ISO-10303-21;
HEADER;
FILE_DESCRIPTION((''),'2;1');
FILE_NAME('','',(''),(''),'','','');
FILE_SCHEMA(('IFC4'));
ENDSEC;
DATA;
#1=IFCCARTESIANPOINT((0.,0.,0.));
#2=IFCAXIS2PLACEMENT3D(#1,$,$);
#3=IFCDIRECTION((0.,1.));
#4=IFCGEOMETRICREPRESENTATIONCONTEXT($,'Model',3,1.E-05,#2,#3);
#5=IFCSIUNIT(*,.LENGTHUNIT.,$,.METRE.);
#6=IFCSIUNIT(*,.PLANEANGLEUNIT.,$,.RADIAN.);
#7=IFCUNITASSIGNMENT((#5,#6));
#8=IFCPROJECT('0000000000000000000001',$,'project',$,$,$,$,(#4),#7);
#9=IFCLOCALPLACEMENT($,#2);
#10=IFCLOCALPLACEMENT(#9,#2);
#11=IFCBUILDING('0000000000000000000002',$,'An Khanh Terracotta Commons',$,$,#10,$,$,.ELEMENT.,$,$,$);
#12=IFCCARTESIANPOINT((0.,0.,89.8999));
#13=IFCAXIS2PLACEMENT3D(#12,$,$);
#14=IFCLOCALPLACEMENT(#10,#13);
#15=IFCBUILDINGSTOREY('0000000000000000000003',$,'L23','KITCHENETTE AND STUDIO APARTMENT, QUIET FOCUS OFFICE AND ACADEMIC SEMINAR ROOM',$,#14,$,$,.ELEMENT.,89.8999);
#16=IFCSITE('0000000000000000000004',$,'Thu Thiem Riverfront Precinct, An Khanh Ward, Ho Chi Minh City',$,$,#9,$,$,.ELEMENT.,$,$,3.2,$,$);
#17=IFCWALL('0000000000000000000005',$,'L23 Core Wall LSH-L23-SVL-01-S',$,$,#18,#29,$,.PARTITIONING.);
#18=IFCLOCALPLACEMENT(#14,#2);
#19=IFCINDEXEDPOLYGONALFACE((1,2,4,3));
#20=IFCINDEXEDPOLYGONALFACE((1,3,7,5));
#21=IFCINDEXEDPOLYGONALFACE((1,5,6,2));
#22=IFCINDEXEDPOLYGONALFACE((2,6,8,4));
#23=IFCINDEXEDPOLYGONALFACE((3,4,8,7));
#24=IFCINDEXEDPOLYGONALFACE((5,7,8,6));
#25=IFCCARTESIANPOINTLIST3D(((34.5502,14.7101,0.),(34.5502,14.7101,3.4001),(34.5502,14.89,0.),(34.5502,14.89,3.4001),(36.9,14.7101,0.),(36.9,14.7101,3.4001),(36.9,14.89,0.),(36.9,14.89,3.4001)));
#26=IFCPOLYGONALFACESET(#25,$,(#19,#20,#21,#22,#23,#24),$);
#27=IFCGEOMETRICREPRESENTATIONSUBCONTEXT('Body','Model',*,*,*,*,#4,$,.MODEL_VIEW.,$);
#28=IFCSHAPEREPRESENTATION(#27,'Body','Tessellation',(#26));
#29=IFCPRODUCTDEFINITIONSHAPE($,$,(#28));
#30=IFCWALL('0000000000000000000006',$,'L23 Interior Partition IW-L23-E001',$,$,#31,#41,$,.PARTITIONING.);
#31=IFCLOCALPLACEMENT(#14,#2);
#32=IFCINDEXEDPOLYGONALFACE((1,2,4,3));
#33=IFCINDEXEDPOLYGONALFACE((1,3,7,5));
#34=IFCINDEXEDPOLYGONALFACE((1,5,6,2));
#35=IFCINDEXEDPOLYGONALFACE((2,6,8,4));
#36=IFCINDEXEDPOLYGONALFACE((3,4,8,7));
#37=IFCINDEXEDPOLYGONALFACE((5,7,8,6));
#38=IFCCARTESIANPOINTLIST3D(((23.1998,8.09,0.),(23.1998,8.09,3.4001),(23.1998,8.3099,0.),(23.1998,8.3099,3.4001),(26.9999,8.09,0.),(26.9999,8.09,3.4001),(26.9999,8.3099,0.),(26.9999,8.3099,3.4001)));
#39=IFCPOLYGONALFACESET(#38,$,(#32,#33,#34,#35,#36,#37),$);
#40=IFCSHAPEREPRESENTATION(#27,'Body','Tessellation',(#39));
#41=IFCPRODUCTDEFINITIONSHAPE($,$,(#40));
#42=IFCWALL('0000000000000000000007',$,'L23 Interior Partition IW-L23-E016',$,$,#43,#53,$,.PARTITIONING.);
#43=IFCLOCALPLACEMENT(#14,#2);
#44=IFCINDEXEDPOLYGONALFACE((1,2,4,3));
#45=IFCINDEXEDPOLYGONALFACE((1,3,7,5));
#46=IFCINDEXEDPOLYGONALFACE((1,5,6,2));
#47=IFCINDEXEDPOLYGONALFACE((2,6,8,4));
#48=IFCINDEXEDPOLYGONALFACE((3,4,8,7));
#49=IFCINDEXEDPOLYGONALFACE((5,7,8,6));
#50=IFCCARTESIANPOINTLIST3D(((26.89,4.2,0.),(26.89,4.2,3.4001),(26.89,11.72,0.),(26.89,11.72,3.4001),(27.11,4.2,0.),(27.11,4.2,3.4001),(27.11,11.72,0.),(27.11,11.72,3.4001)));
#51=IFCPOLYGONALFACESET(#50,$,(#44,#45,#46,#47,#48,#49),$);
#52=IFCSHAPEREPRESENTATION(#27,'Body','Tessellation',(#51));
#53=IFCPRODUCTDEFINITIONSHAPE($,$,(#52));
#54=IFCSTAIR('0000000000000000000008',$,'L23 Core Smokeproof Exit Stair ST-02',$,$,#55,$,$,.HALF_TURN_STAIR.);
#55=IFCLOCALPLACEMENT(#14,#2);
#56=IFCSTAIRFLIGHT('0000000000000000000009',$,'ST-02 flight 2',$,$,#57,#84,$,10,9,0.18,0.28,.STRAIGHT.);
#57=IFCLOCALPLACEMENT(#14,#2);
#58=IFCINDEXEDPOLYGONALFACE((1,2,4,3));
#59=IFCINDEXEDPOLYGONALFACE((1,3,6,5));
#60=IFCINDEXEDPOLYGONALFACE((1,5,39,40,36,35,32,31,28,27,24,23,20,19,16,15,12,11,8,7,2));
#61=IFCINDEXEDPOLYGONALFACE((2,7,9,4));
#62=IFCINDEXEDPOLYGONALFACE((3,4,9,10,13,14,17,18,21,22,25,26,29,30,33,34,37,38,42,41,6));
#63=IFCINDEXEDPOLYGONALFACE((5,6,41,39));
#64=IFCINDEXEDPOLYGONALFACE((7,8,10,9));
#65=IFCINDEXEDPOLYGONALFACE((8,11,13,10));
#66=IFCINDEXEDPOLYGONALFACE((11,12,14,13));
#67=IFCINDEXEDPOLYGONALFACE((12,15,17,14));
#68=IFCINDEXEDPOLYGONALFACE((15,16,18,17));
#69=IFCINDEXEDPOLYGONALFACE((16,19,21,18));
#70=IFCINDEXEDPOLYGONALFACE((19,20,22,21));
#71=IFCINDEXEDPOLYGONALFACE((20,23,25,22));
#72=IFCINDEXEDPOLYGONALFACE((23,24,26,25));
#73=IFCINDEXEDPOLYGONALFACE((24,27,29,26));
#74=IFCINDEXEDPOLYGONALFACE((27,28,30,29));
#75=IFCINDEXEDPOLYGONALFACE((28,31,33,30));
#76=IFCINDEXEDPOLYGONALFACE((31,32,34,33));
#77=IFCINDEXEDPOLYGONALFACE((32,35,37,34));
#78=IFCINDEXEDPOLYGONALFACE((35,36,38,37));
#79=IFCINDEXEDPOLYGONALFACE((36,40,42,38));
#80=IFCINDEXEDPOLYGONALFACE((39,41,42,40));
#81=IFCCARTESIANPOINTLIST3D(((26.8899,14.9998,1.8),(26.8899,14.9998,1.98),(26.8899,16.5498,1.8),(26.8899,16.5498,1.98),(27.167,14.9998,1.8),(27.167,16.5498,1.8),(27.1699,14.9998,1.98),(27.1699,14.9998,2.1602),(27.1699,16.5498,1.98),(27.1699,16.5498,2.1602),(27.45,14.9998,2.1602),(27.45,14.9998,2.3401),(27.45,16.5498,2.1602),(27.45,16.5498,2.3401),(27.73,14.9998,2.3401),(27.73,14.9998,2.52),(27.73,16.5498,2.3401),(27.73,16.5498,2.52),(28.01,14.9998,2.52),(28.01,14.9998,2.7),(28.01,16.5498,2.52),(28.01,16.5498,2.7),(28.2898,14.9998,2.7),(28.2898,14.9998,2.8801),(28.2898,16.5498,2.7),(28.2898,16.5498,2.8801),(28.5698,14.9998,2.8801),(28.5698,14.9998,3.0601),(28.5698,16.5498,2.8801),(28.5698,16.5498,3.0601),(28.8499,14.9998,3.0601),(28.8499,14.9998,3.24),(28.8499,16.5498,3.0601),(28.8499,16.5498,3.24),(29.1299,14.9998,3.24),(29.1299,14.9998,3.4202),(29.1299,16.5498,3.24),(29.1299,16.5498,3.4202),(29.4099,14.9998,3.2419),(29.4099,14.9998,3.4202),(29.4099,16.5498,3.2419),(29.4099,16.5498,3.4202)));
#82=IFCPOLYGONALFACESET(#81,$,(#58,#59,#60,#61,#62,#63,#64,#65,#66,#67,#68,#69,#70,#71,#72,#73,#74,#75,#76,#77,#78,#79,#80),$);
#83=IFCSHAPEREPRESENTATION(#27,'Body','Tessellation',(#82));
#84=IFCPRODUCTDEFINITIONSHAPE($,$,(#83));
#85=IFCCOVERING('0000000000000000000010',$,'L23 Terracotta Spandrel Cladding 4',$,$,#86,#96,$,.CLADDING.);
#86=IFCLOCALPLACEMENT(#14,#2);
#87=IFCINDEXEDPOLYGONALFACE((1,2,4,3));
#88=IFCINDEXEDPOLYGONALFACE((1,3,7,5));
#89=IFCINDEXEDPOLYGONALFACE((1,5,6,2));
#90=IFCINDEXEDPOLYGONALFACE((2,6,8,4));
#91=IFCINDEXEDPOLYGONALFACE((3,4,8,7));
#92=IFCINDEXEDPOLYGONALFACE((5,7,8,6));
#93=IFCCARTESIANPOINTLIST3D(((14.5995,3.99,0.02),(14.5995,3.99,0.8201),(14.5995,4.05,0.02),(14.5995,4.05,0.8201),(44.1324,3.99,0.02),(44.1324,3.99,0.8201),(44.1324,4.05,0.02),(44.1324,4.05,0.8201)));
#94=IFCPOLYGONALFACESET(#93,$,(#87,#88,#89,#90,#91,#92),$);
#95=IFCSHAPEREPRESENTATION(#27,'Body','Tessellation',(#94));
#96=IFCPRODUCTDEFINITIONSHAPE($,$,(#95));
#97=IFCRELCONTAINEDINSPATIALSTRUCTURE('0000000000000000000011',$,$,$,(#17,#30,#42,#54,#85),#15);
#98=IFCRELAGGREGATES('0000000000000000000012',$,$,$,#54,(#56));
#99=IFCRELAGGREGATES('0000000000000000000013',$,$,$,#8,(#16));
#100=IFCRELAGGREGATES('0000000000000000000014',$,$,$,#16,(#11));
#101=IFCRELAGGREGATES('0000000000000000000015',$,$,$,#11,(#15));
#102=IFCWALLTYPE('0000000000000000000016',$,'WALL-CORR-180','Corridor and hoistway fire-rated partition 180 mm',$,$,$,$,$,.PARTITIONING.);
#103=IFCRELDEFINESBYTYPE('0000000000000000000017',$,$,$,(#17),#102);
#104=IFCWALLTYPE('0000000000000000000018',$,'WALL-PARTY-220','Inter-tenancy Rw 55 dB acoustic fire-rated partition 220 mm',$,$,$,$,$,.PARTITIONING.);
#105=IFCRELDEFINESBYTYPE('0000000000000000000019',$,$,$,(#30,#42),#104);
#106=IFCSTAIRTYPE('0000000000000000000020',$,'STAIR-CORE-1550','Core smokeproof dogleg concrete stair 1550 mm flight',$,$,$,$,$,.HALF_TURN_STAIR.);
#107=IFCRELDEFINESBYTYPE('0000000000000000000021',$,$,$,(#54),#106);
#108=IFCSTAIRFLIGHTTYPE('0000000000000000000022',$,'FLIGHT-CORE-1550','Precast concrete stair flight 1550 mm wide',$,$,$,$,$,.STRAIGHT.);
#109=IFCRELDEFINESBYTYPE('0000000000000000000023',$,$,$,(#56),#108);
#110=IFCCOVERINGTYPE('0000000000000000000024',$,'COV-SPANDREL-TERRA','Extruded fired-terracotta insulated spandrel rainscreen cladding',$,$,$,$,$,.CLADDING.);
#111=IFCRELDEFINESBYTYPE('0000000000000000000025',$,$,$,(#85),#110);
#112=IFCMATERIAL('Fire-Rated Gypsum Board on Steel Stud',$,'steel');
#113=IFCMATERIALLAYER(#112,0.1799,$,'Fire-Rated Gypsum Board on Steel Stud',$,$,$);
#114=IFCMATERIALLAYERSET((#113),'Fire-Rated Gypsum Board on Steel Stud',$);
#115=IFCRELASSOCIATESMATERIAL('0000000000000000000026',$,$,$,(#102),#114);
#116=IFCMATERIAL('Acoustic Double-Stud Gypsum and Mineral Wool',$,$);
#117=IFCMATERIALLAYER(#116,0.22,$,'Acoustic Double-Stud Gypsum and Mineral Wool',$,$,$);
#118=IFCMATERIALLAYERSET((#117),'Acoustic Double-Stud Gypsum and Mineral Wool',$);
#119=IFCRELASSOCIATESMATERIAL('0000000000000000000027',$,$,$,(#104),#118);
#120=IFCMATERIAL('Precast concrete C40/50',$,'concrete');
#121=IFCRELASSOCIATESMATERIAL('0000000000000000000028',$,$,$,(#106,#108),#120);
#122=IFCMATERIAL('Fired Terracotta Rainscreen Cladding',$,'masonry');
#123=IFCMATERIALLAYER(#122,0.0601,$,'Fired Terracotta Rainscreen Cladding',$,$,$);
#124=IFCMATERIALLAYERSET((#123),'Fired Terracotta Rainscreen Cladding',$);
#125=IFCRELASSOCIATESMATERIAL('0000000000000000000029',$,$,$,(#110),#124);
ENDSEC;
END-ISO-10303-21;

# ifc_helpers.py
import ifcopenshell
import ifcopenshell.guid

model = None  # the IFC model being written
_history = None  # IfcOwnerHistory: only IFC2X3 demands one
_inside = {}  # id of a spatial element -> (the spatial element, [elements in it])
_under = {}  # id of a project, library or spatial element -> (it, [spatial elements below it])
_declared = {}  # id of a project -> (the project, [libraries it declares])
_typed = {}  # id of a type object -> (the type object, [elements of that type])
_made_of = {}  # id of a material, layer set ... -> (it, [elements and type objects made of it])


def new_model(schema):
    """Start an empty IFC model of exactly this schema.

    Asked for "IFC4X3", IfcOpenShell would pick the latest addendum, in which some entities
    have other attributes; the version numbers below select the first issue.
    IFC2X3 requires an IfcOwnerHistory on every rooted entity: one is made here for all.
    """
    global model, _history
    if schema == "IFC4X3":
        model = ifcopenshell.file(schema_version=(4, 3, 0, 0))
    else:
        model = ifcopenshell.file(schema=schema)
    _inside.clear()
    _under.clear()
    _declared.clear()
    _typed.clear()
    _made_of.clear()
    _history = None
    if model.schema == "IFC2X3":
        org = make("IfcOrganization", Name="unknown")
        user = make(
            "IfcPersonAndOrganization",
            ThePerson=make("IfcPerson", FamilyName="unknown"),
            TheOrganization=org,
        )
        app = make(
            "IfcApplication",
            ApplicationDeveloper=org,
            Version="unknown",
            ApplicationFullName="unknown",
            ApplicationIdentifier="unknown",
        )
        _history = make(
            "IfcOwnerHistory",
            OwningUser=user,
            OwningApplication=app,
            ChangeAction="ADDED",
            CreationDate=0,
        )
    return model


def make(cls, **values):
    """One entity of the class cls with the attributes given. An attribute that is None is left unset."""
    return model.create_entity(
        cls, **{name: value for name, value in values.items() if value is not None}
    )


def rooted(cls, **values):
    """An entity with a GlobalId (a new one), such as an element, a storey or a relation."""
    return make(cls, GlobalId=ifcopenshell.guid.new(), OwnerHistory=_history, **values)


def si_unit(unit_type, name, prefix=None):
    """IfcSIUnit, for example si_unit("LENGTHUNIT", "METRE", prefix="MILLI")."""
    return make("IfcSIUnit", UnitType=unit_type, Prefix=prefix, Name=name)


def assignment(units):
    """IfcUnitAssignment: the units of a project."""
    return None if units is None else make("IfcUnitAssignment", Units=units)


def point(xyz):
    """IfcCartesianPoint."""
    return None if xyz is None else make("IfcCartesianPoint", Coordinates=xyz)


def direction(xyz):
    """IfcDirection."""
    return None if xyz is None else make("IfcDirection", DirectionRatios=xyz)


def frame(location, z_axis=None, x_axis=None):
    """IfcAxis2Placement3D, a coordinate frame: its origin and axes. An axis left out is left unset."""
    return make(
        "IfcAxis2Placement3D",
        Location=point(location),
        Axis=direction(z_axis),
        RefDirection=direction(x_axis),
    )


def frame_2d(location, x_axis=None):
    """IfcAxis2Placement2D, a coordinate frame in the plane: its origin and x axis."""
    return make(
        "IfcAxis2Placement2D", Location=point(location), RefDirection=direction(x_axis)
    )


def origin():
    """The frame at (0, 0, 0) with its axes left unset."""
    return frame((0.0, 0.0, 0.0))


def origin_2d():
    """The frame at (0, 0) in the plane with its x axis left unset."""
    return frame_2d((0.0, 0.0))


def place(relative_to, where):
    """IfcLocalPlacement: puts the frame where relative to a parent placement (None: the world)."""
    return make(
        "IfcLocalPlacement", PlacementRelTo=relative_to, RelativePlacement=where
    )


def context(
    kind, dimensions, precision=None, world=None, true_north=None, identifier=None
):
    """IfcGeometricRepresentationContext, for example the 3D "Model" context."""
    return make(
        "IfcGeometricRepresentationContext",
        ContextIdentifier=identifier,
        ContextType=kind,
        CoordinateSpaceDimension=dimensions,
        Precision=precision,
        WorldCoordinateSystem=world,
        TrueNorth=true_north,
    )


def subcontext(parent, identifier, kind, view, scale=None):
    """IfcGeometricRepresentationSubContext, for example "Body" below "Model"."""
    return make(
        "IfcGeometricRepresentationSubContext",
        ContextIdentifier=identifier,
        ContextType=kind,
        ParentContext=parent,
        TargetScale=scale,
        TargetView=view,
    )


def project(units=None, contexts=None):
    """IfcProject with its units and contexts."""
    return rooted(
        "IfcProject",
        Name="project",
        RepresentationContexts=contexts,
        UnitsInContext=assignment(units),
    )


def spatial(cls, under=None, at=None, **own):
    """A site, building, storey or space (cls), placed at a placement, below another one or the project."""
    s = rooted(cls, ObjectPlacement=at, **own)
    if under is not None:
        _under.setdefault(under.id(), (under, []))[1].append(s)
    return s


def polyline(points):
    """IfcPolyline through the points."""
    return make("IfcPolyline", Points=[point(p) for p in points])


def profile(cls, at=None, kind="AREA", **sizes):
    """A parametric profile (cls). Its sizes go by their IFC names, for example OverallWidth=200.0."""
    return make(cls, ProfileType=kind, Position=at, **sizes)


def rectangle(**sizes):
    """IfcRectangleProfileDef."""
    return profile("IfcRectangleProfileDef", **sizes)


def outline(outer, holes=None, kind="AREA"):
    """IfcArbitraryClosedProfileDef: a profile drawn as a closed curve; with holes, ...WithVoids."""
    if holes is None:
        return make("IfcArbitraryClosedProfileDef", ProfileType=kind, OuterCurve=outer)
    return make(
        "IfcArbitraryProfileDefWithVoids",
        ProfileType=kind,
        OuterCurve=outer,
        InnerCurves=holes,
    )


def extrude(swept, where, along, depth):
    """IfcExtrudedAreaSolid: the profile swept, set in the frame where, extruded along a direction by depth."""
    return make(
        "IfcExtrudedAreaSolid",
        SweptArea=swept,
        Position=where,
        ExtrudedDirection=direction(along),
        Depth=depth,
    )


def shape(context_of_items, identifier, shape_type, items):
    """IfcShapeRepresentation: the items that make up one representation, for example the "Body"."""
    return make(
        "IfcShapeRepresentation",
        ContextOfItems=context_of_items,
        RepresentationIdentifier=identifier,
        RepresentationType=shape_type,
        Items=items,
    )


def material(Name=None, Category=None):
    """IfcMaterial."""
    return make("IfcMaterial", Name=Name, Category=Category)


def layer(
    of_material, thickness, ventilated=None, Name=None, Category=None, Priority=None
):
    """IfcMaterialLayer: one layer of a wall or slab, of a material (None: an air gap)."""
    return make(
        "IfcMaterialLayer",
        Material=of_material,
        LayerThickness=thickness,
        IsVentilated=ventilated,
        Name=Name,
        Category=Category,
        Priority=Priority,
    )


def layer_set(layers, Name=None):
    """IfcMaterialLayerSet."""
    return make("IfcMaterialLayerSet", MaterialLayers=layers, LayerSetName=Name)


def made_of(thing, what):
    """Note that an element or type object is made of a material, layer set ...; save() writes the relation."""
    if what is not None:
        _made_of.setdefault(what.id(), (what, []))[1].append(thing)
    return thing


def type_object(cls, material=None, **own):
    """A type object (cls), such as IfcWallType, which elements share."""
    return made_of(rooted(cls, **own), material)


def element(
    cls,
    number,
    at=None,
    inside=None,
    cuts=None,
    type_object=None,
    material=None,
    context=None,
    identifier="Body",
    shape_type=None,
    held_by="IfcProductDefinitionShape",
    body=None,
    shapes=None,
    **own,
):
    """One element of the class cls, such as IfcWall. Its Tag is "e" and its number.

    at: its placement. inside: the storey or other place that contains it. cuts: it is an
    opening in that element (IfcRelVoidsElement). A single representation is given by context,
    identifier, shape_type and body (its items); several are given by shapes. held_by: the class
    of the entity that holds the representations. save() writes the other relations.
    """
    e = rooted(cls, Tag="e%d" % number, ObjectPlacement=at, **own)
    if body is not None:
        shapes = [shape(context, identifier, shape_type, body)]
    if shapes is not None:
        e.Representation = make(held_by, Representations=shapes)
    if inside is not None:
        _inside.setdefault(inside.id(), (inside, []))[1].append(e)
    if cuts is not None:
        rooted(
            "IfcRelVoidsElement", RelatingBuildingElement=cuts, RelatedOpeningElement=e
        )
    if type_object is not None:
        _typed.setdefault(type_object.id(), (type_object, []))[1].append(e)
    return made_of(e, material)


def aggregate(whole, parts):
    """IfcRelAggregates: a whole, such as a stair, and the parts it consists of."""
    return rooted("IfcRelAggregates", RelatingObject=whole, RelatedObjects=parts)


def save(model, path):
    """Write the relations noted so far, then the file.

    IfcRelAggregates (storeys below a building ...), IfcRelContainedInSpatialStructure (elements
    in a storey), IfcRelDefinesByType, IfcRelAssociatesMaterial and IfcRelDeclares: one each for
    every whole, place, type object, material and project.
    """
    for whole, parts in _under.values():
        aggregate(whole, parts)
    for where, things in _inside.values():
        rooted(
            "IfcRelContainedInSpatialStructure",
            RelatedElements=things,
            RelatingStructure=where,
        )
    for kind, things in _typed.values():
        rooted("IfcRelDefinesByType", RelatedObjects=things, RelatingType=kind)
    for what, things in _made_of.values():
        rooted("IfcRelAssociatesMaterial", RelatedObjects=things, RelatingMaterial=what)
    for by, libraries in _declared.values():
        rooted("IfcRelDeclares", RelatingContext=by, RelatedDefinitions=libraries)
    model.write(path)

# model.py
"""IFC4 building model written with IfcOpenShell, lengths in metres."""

from ifc_helpers import new_model, si_unit, direction, frame, frame_2d, origin, origin_2d, place, context, subcontext, project, spatial, polyline, rectangle, outline, extrude, material, layer, layer_set, type_object, element, aggregate, save


model = new_model("IFC4")

# Units and contexts
model_context = context("Model", 3, precision=1e-05, world=origin(), true_north=direction((0.0, 1.0)))
body_context = subcontext(model_context, "Body", "Model", "MODEL_VIEW")
ifc_project = project(units=[si_unit("LENGTHUNIT", "METRE"), si_unit("PLANEANGLEUNIT", "RADIAN")], contexts=[model_context])

# Site, building, storey
site_placement = place(None, origin())
site = spatial("IfcSite", under=ifc_project, at=site_placement, Name="Thu Thiem Riverfront Precinct, An Khanh Ward, Ho Chi Minh City", CompositionType="ELEMENT", RefElevation=3.2)
building_placement = place(site_placement, origin())
building = spatial("IfcBuilding", under=site, at=building_placement, Name="An Khanh Terracotta Commons", CompositionType="ELEMENT")
storey_placement = place(building_placement, frame((0.0, 0.0, 89.8999)))
storey = spatial("IfcBuildingStorey", under=building, at=storey_placement, Name="L23", Description="KITCHENETTE AND STUDIO APARTMENT, QUIET FOCUS OFFICE AND ACADEMIC SEMINAR ROOM", CompositionType="ELEMENT", Elevation=89.8999)

# Walls
ifc_material_1 = material(Name="Fire-Rated Gypsum Board on Steel Stud", Category="steel")
ifc_layer_1 = layer(ifc_material_1, 0.1799, Name="Fire-Rated Gypsum Board on Steel Stud")
ifc_layer_set_1 = layer_set([ifc_layer_1], Name="Fire-Rated Gypsum Board on Steel Stud")
wall_type_1 = type_object("IfcWallType", Name="WALL-CORR-180", Description="Corridor and hoistway fire-rated partition 180 mm", PredefinedType="PARTITIONING", material=ifc_layer_set_1)
wall_1_placement = place(storey_placement, frame((36.8999, 14.8, 0.0), z_axis=(0.0, 0.0, 1.0), x_axis=(-1.0, 0.0, 0.0)))
element("IfcWall", 1, at=wall_1_placement, inside=storey, type_object=wall_type_1, Name="L23 Core Wall LSH-L23-SVL-01-S", PredefinedType="PARTITIONING", context=body_context, shape_type="SweptSolid", body=[
    extrude(rectangle(XDim=2.3499, YDim=0.1799, at=frame_2d((1.1748, 0.0))), origin(), (0.0, 0.0, 1.0), 3.4001),
])
ifc_material_2 = material(Name="Acoustic Double-Stud Gypsum and Mineral Wool")
ifc_layer_2 = layer(ifc_material_2, 0.22, Name="Acoustic Double-Stud Gypsum and Mineral Wool")
ifc_layer_set_2 = layer_set([ifc_layer_2], Name="Acoustic Double-Stud Gypsum and Mineral Wool")
wall_type_2 = type_object("IfcWallType", Name="WALL-PARTY-220", Description="Inter-tenancy Rw 55 dB acoustic fire-rated partition 220 mm", PredefinedType="PARTITIONING", material=ifc_layer_set_2)
wall_2_placement = place(storey_placement, frame((23.2, 8.2, 0.0), z_axis=(0.0, 0.0, 1.0), x_axis=(1.0, 0.0, 0.0)))
element("IfcWall", 2, at=wall_2_placement, inside=storey, type_object=wall_type_2, Name="L23 Interior Partition IW-L23-E001", PredefinedType="PARTITIONING", context=body_context, shape_type="SweptSolid", body=[
    extrude(rectangle(XDim=3.8, YDim=0.22, at=frame_2d((1.8999, 0.0))), origin(), (0.0, 0.0, 1.0), 3.4001),
])
wall_3_placement = place(storey_placement, frame((27.0, 4.2, 0.0), z_axis=(0.0, 0.0, 1.0), x_axis=(0.0, 1.0, 0.0)))
element("IfcWall", 3, at=wall_3_placement, inside=storey, type_object=wall_type_2, Name="L23 Interior Partition IW-L23-E016", PredefinedType="PARTITIONING", context=body_context, shape_type="SweptSolid", body=[
    extrude(rectangle(XDim=7.52, YDim=0.22, at=frame_2d((3.76, 0.0))), origin(), (0.0, 0.0, 1.0), 3.4001),
])

# Stair, stair flight
ifc_material_3 = material(Name="Precast concrete C40/50", Category="concrete")
stair_type = type_object("IfcStairType", Name="STAIR-CORE-1550", Description="Core smokeproof dogleg concrete stair 1550 mm flight", PredefinedType="HALF_TURN_STAIR", material=ifc_material_3)
stair_placement = place(storey_placement, origin())
stair = element("IfcStair", 4, at=stair_placement, inside=storey, type_object=stair_type, Name="L23 Core Smokeproof Exit Stair ST-02", PredefinedType="HALF_TURN_STAIR")
stair_flight_type = type_object("IfcStairFlightType", Name="FLIGHT-CORE-1550", Description="Precast concrete stair flight 1550 mm wide", PredefinedType="STRAIGHT", material=ifc_material_3)
stair_flight_placement = place(storey_placement, frame((26.8899, 15.7749, 1.8), z_axis=(0.0, 0.0, 1.0), x_axis=(1.0, 0.0, 0.0)))
stair_flight = element("IfcStairFlight", 5, at=stair_flight_placement, type_object=stair_flight_type, Name="ST-02 flight 2", NumberOfRisers=10, NumberOfTreads=9, PredefinedType="STRAIGHT", RiserHeight=0.18, TreadLength=0.28, context=body_context, shape_type="SweptSolid", body=[
    extrude(outline(polyline([(0.0, 0.0), (0.0, 0.1799), (0.28, 0.1799), (0.28, 0.3601), (0.5601, 0.3601), (0.5601, 0.54), (0.8401, 0.54), (0.8401, 0.72), (1.1201, 0.72), (1.1201, 0.8999), (1.3999, 0.8999), (1.3999, 1.0801), (1.6799, 1.0801), (1.6799, 1.26), (1.96, 1.26), (1.96, 1.4399), (2.24, 1.4399), (2.24, 1.6201), (2.52, 1.6201), (2.52, 1.8), (2.52, 1.4419), (0.2771, 0.0), (0.0, 0.0)])), frame((0.0, 0.7749, 0.0), z_axis=(0.0, -1.0, 0.0), x_axis=(1.0, 0.0, 0.0)), (0.0, 0.0, 1.0), 1.55),
])
aggregate(stair, [stair_flight])

# Covering
ifc_material_4 = material(Name="Fired Terracotta Rainscreen Cladding", Category="masonry")
ifc_layer_3 = layer(ifc_material_4, 0.0601, Name="Fired Terracotta Rainscreen Cladding")
ifc_layer_set_3 = layer_set([ifc_layer_3], Name="Fired Terracotta Rainscreen Cladding")
covering_type = type_object("IfcCoveringType", Name="COV-SPANDREL-TERRA", Description="Extruded fired-terracotta insulated spandrel rainscreen cladding", PredefinedType="CLADDING", material=ifc_layer_set_3)
covering_placement = place(storey_placement, frame((29.366, 4.02, 0.02), z_axis=(0.0, 0.0, 1.0), x_axis=(1.0, 0.0, 0.0)))
element("IfcCovering", 6, at=covering_placement, inside=storey, type_object=covering_type, Name="L23 Terracotta Spandrel Cladding 4", PredefinedType="CLADDING", context=body_context, shape_type="SweptSolid", body=[
    extrude(rectangle(XDim=29.533, YDim=0.0601, at=origin_2d()), origin(), (0.0, 0.0, 1.0), 0.8),
])

save(model, "model.ifc")
